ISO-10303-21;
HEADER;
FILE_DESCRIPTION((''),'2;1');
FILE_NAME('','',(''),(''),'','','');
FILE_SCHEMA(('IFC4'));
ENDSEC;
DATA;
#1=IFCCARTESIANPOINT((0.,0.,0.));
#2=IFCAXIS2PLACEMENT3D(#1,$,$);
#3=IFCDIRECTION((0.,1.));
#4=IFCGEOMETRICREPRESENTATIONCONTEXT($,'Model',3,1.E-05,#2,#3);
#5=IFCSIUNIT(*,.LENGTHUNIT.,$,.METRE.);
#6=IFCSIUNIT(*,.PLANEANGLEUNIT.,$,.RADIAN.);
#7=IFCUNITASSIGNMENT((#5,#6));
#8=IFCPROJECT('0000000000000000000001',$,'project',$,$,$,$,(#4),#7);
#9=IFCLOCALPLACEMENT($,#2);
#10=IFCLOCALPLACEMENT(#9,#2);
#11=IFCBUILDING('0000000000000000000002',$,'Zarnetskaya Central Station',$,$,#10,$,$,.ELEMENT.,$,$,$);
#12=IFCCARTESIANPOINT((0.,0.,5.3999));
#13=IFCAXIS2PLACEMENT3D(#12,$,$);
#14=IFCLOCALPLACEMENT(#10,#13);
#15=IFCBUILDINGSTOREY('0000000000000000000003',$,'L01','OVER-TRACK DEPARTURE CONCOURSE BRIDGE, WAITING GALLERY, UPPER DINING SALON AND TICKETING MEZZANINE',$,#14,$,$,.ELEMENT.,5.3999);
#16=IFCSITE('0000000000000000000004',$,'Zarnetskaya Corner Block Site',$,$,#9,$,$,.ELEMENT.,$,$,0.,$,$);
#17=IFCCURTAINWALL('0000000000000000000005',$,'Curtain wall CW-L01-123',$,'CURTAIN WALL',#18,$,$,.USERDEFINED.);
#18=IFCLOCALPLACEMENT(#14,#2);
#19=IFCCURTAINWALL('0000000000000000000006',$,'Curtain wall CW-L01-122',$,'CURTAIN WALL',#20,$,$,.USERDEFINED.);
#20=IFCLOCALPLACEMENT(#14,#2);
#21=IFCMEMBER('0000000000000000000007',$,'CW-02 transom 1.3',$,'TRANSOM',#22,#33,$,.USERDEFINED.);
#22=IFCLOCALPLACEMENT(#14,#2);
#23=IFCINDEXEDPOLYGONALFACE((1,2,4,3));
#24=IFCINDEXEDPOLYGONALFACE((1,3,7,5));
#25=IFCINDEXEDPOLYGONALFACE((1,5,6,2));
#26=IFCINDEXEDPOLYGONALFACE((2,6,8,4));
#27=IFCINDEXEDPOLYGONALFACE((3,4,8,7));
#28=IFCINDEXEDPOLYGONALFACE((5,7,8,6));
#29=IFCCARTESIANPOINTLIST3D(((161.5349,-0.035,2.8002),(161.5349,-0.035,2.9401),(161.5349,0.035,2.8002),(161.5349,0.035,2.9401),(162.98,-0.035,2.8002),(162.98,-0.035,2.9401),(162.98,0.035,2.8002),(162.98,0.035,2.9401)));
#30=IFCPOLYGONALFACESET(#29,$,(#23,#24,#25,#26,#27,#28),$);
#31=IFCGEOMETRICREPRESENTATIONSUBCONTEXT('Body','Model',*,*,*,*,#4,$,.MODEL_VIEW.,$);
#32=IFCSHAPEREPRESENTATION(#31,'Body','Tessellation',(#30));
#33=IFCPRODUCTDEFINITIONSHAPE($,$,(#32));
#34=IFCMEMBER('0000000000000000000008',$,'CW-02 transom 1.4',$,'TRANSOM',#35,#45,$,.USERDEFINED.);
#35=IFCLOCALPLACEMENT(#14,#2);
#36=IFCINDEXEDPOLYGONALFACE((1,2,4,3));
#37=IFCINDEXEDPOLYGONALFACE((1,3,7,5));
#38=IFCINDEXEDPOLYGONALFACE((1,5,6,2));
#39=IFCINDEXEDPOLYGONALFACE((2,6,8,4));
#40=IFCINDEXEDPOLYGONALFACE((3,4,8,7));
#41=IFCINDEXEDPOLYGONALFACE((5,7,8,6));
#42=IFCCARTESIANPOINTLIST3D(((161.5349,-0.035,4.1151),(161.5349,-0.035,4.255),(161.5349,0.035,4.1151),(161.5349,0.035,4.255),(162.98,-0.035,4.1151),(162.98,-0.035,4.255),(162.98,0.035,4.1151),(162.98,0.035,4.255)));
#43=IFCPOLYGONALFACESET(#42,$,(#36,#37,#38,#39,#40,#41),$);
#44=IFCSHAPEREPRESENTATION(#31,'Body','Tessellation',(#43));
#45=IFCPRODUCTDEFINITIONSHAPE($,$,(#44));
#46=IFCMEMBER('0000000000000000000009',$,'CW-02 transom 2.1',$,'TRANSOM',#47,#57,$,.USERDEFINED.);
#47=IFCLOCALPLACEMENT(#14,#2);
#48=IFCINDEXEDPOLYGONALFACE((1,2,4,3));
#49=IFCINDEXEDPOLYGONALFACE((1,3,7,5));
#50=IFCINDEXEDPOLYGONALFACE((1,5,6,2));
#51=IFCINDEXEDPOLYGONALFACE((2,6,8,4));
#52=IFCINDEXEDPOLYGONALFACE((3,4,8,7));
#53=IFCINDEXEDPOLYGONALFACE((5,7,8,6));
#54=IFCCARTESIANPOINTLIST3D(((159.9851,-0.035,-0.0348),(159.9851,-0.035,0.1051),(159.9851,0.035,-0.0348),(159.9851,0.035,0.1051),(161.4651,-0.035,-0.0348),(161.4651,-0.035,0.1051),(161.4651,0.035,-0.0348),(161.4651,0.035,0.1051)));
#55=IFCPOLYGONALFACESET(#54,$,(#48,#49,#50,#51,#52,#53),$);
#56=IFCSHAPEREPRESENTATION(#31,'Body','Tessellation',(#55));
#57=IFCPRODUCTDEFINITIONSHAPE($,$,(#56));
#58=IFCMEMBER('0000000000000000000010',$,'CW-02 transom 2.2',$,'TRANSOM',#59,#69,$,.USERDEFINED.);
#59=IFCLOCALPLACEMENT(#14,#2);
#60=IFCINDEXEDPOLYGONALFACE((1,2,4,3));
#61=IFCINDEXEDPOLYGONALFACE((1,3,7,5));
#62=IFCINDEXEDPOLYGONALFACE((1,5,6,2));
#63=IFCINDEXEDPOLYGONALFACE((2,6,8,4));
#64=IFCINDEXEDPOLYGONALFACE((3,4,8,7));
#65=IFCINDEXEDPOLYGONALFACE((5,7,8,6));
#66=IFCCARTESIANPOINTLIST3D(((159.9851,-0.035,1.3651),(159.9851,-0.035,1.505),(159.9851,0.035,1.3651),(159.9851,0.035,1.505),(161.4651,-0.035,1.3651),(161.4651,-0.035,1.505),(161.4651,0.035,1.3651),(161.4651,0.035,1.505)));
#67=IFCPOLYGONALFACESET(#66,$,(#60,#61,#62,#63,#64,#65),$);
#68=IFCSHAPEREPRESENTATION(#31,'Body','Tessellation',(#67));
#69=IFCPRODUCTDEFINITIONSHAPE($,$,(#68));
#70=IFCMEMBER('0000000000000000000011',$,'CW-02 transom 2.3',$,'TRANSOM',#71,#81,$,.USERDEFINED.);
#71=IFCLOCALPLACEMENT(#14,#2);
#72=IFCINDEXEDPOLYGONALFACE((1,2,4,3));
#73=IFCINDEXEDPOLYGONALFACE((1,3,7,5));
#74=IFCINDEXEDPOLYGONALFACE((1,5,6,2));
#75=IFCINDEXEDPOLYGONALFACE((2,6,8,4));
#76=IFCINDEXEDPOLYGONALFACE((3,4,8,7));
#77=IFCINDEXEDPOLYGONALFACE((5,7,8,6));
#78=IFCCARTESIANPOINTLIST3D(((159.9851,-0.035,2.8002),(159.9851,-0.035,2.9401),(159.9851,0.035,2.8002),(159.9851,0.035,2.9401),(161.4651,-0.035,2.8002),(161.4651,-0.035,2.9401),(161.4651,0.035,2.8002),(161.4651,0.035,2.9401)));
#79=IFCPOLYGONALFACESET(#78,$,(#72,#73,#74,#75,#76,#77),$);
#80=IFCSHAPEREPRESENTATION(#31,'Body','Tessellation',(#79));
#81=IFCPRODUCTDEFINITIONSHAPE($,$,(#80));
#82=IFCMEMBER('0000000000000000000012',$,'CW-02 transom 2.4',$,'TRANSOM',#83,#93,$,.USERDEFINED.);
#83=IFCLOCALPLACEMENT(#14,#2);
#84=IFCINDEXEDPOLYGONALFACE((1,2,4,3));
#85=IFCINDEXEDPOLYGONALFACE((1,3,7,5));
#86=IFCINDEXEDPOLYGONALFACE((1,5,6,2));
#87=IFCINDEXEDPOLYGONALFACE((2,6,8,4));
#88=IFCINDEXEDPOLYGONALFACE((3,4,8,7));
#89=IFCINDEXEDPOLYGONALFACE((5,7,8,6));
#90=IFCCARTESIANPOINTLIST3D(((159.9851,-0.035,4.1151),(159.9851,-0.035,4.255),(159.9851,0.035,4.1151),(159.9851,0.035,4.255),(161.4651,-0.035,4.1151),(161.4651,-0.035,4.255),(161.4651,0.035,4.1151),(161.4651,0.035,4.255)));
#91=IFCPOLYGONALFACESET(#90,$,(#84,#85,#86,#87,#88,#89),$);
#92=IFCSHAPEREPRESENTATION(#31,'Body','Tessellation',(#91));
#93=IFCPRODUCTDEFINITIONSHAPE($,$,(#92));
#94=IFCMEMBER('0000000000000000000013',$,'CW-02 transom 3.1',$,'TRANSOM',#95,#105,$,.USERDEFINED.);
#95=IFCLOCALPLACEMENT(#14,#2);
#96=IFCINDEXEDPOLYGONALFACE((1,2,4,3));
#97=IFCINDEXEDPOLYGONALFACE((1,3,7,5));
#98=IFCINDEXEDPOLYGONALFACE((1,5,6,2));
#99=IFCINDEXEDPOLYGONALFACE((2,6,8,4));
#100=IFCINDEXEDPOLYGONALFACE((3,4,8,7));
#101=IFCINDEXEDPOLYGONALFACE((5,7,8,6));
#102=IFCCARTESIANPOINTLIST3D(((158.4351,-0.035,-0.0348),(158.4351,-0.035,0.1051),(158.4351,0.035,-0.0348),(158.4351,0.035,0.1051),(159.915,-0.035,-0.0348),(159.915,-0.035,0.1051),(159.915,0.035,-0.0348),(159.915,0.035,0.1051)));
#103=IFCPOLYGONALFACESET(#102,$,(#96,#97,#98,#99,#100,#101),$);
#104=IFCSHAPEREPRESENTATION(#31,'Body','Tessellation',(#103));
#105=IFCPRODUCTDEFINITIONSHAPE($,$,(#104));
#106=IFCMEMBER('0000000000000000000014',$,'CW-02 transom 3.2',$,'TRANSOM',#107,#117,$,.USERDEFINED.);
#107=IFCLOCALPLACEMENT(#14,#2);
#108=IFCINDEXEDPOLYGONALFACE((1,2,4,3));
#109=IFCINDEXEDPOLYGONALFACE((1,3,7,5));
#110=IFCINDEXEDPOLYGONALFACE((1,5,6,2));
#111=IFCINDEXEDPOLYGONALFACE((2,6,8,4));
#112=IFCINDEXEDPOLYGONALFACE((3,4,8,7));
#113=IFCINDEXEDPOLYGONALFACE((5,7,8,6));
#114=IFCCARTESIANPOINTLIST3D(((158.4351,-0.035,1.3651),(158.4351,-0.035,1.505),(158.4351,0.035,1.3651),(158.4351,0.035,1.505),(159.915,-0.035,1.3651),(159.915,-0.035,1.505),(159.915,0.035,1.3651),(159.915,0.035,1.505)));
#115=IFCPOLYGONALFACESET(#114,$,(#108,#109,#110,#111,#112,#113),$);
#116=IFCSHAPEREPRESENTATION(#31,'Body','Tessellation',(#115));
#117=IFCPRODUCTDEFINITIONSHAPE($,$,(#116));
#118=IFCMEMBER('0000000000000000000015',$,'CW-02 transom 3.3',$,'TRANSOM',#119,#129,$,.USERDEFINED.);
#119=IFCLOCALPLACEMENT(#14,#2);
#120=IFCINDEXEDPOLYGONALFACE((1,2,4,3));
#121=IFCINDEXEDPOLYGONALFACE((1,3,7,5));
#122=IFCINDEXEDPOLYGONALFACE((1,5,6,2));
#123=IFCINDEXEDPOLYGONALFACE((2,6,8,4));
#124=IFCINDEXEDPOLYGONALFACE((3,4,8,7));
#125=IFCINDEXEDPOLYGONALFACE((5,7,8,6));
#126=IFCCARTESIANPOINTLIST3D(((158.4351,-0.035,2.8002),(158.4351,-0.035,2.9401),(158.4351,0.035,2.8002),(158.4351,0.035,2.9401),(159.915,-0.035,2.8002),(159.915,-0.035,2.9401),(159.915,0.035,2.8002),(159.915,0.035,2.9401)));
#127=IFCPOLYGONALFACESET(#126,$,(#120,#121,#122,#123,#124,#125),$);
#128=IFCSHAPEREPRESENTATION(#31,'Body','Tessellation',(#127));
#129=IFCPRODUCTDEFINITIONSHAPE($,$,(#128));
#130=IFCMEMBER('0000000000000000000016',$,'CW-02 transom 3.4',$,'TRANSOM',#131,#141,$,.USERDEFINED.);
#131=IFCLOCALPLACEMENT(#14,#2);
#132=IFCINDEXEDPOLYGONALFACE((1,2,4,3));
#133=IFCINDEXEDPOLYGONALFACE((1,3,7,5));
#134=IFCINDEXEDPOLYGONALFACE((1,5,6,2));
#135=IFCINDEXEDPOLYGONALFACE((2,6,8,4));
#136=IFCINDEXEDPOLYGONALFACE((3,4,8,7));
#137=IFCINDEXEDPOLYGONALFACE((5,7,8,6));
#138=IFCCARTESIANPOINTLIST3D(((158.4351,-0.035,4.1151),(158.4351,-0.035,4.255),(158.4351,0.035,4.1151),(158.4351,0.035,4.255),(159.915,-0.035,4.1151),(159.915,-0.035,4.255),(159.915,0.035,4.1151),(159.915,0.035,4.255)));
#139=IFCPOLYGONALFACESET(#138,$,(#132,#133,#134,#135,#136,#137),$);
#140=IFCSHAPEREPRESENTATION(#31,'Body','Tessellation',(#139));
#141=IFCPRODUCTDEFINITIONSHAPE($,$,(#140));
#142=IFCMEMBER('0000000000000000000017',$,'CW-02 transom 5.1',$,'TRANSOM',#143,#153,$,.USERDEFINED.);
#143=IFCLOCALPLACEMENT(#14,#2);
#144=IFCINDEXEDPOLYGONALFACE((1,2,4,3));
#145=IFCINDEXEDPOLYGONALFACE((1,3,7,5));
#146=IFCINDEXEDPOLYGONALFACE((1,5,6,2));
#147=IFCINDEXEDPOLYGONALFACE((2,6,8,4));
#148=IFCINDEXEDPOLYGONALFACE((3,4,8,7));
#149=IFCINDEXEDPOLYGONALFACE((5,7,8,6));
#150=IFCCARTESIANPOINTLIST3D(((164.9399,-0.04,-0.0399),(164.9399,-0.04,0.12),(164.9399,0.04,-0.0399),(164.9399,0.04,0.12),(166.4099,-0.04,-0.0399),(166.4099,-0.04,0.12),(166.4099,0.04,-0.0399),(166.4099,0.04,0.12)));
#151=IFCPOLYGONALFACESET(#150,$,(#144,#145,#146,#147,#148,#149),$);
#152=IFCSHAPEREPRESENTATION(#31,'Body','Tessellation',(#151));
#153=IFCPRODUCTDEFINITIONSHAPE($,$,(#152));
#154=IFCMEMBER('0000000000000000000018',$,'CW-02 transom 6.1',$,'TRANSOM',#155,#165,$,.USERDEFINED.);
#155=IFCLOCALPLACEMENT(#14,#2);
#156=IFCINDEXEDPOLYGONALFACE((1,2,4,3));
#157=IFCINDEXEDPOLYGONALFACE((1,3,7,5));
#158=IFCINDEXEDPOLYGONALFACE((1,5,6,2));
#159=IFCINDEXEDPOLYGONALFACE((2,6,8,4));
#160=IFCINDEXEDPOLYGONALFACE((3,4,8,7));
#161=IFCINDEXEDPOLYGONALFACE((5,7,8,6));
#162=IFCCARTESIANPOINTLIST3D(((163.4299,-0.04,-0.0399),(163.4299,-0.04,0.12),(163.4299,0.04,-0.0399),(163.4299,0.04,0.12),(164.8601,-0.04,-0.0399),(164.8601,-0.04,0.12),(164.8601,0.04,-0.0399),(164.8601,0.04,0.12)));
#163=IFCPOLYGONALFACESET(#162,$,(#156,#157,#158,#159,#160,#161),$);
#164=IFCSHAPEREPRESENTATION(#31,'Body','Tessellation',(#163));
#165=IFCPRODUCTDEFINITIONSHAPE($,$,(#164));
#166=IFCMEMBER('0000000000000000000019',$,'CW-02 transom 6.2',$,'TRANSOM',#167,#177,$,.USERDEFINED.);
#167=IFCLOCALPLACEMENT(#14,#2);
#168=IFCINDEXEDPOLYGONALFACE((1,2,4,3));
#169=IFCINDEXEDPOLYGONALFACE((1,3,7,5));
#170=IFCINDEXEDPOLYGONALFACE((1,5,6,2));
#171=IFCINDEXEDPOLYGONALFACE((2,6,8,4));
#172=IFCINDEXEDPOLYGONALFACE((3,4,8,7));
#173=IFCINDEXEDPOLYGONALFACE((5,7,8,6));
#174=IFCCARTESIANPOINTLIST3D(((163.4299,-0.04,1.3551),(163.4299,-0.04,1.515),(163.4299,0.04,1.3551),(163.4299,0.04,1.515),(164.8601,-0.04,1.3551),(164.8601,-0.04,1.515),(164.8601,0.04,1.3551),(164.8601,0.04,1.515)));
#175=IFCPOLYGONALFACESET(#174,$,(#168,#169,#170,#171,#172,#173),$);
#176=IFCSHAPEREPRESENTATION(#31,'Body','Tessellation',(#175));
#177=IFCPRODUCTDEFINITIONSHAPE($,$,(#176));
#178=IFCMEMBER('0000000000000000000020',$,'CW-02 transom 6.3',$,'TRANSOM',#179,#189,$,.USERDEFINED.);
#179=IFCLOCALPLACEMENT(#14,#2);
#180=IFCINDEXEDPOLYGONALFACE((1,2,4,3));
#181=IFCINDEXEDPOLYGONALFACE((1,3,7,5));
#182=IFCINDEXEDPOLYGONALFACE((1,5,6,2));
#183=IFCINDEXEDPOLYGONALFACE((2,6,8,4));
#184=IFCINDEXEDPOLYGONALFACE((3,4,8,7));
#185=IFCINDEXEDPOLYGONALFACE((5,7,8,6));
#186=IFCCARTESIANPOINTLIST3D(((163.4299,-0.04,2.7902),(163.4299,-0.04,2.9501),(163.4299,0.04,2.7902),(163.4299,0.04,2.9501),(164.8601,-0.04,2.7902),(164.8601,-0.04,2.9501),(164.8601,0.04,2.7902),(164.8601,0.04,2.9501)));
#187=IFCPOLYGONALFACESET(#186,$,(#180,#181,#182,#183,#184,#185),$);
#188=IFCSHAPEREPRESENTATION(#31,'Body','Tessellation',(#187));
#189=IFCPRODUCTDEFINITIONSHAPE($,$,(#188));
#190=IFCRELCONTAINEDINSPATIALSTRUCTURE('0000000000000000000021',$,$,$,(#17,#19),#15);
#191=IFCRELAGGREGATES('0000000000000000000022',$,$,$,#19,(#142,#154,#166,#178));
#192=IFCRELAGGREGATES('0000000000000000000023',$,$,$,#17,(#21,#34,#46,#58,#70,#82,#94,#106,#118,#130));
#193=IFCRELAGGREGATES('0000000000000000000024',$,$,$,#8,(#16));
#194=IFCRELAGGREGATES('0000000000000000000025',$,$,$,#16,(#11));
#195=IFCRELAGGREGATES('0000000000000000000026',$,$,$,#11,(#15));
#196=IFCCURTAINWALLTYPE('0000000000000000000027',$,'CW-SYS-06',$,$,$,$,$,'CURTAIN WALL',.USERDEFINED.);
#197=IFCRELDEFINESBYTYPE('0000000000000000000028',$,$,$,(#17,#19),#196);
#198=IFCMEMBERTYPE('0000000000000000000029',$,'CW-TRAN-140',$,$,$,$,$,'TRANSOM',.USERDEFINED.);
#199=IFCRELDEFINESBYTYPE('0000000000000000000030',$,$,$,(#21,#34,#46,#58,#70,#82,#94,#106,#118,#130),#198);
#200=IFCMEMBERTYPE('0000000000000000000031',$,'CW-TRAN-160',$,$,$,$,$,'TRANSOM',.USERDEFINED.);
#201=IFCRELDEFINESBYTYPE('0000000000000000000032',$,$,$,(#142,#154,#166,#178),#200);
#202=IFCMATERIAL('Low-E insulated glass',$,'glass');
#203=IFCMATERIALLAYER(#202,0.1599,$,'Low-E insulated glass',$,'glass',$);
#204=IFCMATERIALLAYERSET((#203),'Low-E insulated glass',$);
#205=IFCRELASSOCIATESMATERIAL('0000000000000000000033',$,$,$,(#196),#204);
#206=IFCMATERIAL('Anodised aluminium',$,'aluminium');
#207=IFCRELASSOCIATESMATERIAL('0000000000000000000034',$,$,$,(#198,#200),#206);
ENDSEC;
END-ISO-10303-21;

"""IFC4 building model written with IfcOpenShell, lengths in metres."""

from ifc_helpers import new_model, si_unit, direction, frame, origin, origin_2d, place, context, subcontext, project, spatial, rectangle, extrude, material, layer, layer_set, material_profile, profile_set, type_object, element, aggregate, save


model = new_model("IFC4")

# Units and contexts
model_context = context("Model", 3, precision=1e-05, world=origin(), true_north=direction((0.0, 1.0)))
body_context = subcontext(model_context, "Body", "Model", "MODEL_VIEW")
ifc_project = project(units=[si_unit("LENGTHUNIT", "METRE"), si_unit("PLANEANGLEUNIT", "RADIAN")], contexts=[model_context])

# Site, building, storey
site_placement = place(None, origin())
site = spatial("IfcSite", under=ifc_project, at=site_placement, Name="Zarnetskaya Corner Block Site", CompositionType="ELEMENT", RefElevation=0.0)
building_placement = place(site_placement, origin())
building = spatial("IfcBuilding", under=site, at=building_placement, Name="Zarnetskaya Central Station", CompositionType="ELEMENT")
storey_placement = place(building_placement, frame((0.0, 0.0, 5.3999)))
storey = spatial("IfcBuildingStorey", under=building, at=storey_placement, Name="L01", Description="OVER-TRACK DEPARTURE CONCOURSE BRIDGE, WAITING GALLERY, UPPER DINING SALON AND TICKETING MEZZANINE", CompositionType="ELEMENT", Elevation=5.3999)

# Curtain walls
ifc_material_1 = material(Name="Low-E insulated glass", Category="glass")
ifc_layer_1 = layer(ifc_material_1, 0.1599, Name="Low-E insulated glass", Category="glass")
ifc_layer_set_1 = layer_set([ifc_layer_1], Name="Low-E insulated glass")
curtain_wall_type = type_object("IfcCurtainWallType", Name="CW-SYS-06", ElementType="CURTAIN WALL", PredefinedType="USERDEFINED", material=ifc_layer_set_1)
curtain_wall_1_placement = place(storey_placement, origin())
curtain_wall_1 = element("IfcCurtainWall", 1, at=curtain_wall_1_placement, inside=storey, type_object=curtain_wall_type, Name="Curtain wall CW-L01-123", ObjectType="CURTAIN WALL", PredefinedType="USERDEFINED")
ifc_material_2 = material(Name="Anodised aluminium", Category="aluminium")
curtain_wall_2_placement = place(storey_placement, origin())
curtain_wall_2 = element("IfcCurtainWall", 2, at=curtain_wall_2_placement, inside=storey, type_object=curtain_wall_type, Name="Curtain wall CW-L01-122", ObjectType="CURTAIN WALL", PredefinedType="USERDEFINED")

# Members
ifc_material_profile_1 = material_profile(ifc_material_2, rectangle(XDim=0.0701, YDim=0.1399, at=origin_2d()), Name="ALU TRAN 70x140")
ifc_profile_set_1 = profile_set([ifc_material_profile_1], Name="Anodised aluminium")
member_type_1 = type_object("IfcMemberType", Name="CW-TRAN-140", ElementType="TRANSOM", PredefinedType="USERDEFINED", material=ifc_profile_set_1)
member_1_placement = place(storey_placement, frame((162.98, 0.0, 2.8701), z_axis=(-1.0, 0.0, 0.0), x_axis=(0.0, -1.0, 0.0)))
member_1 = element("IfcMember", 3, at=member_1_placement, type_object=member_type_1, Name="CW-02 transom 1.3", ObjectType="TRANSOM", PredefinedType="USERDEFINED", context=body_context, shape_type="SweptSolid", body=[
    extrude(rectangle(XDim=0.0701, YDim=0.1399, at=origin_2d()), origin(), (0.0, 0.0, 1.0), 1.4451),
])
member_2_placement = place(storey_placement, frame((162.98, 0.0, 4.1851), z_axis=(-1.0, 0.0, 0.0), x_axis=(0.0, -1.0, 0.0)))
member_2 = element("IfcMember", 4, at=member_2_placement, type_object=member_type_1, Name="CW-02 transom 1.4", ObjectType="TRANSOM", PredefinedType="USERDEFINED", context=body_context, shape_type="SweptSolid", body=[
    extrude(rectangle(XDim=0.0701, YDim=0.1399, at=origin_2d()), origin(), (0.0, 0.0, 1.0), 1.4451),
])
member_3_placement = place(storey_placement, frame((161.4651, 0.0, 0.0352), z_axis=(-1.0, 0.0, 0.0), x_axis=(0.0, -1.0, 0.0)))
member_3 = element("IfcMember", 5, at=member_3_placement, type_object=member_type_1, Name="CW-02 transom 2.1", ObjectType="TRANSOM", PredefinedType="USERDEFINED", context=body_context, shape_type="SweptSolid", body=[
    extrude(rectangle(XDim=0.0701, YDim=0.1399, at=origin_2d()), origin(), (0.0, 0.0, 1.0), 1.48),
])
member_4_placement = place(storey_placement, frame((161.4651, 0.0, 1.4351), z_axis=(-1.0, 0.0, 0.0), x_axis=(0.0, -1.0, 0.0)))
member_4 = element("IfcMember", 6, at=member_4_placement, type_object=member_type_1, Name="CW-02 transom 2.2", ObjectType="TRANSOM", PredefinedType="USERDEFINED", context=body_context, shape_type="SweptSolid", body=[
    extrude(rectangle(XDim=0.0701, YDim=0.1399, at=origin_2d()), origin(), (0.0, 0.0, 1.0), 1.48),
])
member_5_placement = place(storey_placement, frame((161.4651, 0.0, 2.8701), z_axis=(-1.0, 0.0, 0.0), x_axis=(0.0, -1.0, 0.0)))
member_5 = element("IfcMember", 7, at=member_5_placement, type_object=member_type_1, Name="CW-02 transom 2.3", ObjectType="TRANSOM", PredefinedType="USERDEFINED", context=body_context, shape_type="SweptSolid", body=[
    extrude(rectangle(XDim=0.0701, YDim=0.1399, at=origin_2d()), origin(), (0.0, 0.0, 1.0), 1.48),
])
member_6_placement = place(storey_placement, frame((161.4651, 0.0, 4.1851), z_axis=(-1.0, 0.0, 0.0), x_axis=(0.0, -1.0, 0.0)))
member_6 = element("IfcMember", 8, at=member_6_placement, type_object=member_type_1, Name="CW-02 transom 2.4", ObjectType="TRANSOM", PredefinedType="USERDEFINED", context=body_context, shape_type="SweptSolid", body=[
    extrude(rectangle(XDim=0.0701, YDim=0.1399, at=origin_2d()), origin(), (0.0, 0.0, 1.0), 1.48),
])
member_7_placement = place(storey_placement, frame((159.915, 0.0, 0.0352), z_axis=(-1.0, 0.0, 0.0), x_axis=(0.0, -1.0, 0.0)))
member_7 = element("IfcMember", 9, at=member_7_placement, type_object=member_type_1, Name="CW-02 transom 3.1", ObjectType="TRANSOM", PredefinedType="USERDEFINED", context=body_context, shape_type="SweptSolid", body=[
    extrude(rectangle(XDim=0.0701, YDim=0.1399, at=origin_2d()), origin(), (0.0, 0.0, 1.0), 1.48),
])
member_8_placement = place(storey_placement, frame((159.915, 0.0, 1.4351), z_axis=(-1.0, 0.0, 0.0), x_axis=(0.0, -1.0, 0.0)))
member_8 = element("IfcMember", 10, at=member_8_placement, type_object=member_type_1, Name="CW-02 transom 3.2", ObjectType="TRANSOM", PredefinedType="USERDEFINED", context=body_context, shape_type="SweptSolid", body=[
    extrude(rectangle(XDim=0.0701, YDim=0.1399, at=origin_2d()), origin(), (0.0, 0.0, 1.0), 1.48),
])
member_9_placement = place(storey_placement, frame((159.915, 0.0, 2.8701), z_axis=(-1.0, 0.0, 0.0), x_axis=(0.0, -1.0, 0.0)))
member_9 = element("IfcMember", 11, at=member_9_placement, type_object=member_type_1, Name="CW-02 transom 3.3", ObjectType="TRANSOM", PredefinedType="USERDEFINED", context=body_context, shape_type="SweptSolid", body=[
    extrude(rectangle(XDim=0.0701, YDim=0.1399, at=origin_2d()), origin(), (0.0, 0.0, 1.0), 1.48),
])
member_10_placement = place(storey_placement, frame((159.915, 0.0, 4.1851), z_axis=(-1.0, 0.0, 0.0), x_axis=(0.0, -1.0, 0.0)))
member_10 = element("IfcMember", 12, at=member_10_placement, type_object=member_type_1, Name="CW-02 transom 3.4", ObjectType="TRANSOM", PredefinedType="USERDEFINED", context=body_context, shape_type="SweptSolid", body=[
    extrude(rectangle(XDim=0.0701, YDim=0.1399, at=origin_2d()), origin(), (0.0, 0.0, 1.0), 1.48),
])
ifc_material_profile_2 = material_profile(ifc_material_2, rectangle(XDim=0.0801, YDim=0.1599, at=origin_2d()), Name="ALU TRAN 80x160")
ifc_profile_set_2 = profile_set([ifc_material_profile_2], Name="Anodised aluminium")
member_type_2 = type_object("IfcMemberType", Name="CW-TRAN-160", ElementType="TRANSOM", PredefinedType="USERDEFINED", material=ifc_profile_set_2)
member_11_placement = place(storey_placement, frame((166.4099, 0.0, 0.04), z_axis=(-1.0, 0.0, 0.0), x_axis=(0.0, -1.0, 0.0)))
member_11 = element("IfcMember", 13, at=member_11_placement, type_object=member_type_2, Name="CW-02 transom 5.1", ObjectType="TRANSOM", PredefinedType="USERDEFINED", context=body_context, shape_type="SweptSolid", body=[
    extrude(rectangle(XDim=0.0801, YDim=0.1599, at=origin_2d()), origin(), (0.0, 0.0, 1.0), 1.47),
])
member_12_placement = place(storey_placement, frame((164.8601, 0.0, 0.04), z_axis=(-1.0, 0.0, 0.0), x_axis=(0.0, -1.0, 0.0)))
member_12 = element("IfcMember", 14, at=member_12_placement, type_object=member_type_2, Name="CW-02 transom 6.1", ObjectType="TRANSOM", PredefinedType="USERDEFINED", context=body_context, shape_type="SweptSolid", body=[
    extrude(rectangle(XDim=0.0801, YDim=0.1599, at=origin_2d()), origin(), (0.0, 0.0, 1.0), 1.4302),
])
member_13_placement = place(storey_placement, frame((164.8601, 0.0, 1.4351), z_axis=(-1.0, 0.0, 0.0), x_axis=(0.0, -1.0, 0.0)))
member_13 = element("IfcMember", 15, at=member_13_placement, type_object=member_type_2, Name="CW-02 transom 6.2", ObjectType="TRANSOM", PredefinedType="USERDEFINED", context=body_context, shape_type="SweptSolid", body=[
    extrude(rectangle(XDim=0.0801, YDim=0.1599, at=origin_2d()), origin(), (0.0, 0.0, 1.0), 1.4302),
])
member_14_placement = place(storey_placement, frame((164.8601, 0.0, 2.8701), z_axis=(-1.0, 0.0, 0.0), x_axis=(0.0, -1.0, 0.0)))
member_14 = element("IfcMember", 16, at=member_14_placement, type_object=member_type_2, Name="CW-02 transom 6.3", ObjectType="TRANSOM", PredefinedType="USERDEFINED", context=body_context, shape_type="SweptSolid", body=[
    extrude(rectangle(XDim=0.0801, YDim=0.1599, at=origin_2d()), origin(), (0.0, 0.0, 1.0), 1.4302),
])

aggregate(curtain_wall_2, [member_11, member_12, member_13, member_14])
aggregate(curtain_wall_1, [member_1, member_2, member_3, member_4, member_5, member_6, member_7, member_8, member_9, member_10])

save(model, "model.ifc")
